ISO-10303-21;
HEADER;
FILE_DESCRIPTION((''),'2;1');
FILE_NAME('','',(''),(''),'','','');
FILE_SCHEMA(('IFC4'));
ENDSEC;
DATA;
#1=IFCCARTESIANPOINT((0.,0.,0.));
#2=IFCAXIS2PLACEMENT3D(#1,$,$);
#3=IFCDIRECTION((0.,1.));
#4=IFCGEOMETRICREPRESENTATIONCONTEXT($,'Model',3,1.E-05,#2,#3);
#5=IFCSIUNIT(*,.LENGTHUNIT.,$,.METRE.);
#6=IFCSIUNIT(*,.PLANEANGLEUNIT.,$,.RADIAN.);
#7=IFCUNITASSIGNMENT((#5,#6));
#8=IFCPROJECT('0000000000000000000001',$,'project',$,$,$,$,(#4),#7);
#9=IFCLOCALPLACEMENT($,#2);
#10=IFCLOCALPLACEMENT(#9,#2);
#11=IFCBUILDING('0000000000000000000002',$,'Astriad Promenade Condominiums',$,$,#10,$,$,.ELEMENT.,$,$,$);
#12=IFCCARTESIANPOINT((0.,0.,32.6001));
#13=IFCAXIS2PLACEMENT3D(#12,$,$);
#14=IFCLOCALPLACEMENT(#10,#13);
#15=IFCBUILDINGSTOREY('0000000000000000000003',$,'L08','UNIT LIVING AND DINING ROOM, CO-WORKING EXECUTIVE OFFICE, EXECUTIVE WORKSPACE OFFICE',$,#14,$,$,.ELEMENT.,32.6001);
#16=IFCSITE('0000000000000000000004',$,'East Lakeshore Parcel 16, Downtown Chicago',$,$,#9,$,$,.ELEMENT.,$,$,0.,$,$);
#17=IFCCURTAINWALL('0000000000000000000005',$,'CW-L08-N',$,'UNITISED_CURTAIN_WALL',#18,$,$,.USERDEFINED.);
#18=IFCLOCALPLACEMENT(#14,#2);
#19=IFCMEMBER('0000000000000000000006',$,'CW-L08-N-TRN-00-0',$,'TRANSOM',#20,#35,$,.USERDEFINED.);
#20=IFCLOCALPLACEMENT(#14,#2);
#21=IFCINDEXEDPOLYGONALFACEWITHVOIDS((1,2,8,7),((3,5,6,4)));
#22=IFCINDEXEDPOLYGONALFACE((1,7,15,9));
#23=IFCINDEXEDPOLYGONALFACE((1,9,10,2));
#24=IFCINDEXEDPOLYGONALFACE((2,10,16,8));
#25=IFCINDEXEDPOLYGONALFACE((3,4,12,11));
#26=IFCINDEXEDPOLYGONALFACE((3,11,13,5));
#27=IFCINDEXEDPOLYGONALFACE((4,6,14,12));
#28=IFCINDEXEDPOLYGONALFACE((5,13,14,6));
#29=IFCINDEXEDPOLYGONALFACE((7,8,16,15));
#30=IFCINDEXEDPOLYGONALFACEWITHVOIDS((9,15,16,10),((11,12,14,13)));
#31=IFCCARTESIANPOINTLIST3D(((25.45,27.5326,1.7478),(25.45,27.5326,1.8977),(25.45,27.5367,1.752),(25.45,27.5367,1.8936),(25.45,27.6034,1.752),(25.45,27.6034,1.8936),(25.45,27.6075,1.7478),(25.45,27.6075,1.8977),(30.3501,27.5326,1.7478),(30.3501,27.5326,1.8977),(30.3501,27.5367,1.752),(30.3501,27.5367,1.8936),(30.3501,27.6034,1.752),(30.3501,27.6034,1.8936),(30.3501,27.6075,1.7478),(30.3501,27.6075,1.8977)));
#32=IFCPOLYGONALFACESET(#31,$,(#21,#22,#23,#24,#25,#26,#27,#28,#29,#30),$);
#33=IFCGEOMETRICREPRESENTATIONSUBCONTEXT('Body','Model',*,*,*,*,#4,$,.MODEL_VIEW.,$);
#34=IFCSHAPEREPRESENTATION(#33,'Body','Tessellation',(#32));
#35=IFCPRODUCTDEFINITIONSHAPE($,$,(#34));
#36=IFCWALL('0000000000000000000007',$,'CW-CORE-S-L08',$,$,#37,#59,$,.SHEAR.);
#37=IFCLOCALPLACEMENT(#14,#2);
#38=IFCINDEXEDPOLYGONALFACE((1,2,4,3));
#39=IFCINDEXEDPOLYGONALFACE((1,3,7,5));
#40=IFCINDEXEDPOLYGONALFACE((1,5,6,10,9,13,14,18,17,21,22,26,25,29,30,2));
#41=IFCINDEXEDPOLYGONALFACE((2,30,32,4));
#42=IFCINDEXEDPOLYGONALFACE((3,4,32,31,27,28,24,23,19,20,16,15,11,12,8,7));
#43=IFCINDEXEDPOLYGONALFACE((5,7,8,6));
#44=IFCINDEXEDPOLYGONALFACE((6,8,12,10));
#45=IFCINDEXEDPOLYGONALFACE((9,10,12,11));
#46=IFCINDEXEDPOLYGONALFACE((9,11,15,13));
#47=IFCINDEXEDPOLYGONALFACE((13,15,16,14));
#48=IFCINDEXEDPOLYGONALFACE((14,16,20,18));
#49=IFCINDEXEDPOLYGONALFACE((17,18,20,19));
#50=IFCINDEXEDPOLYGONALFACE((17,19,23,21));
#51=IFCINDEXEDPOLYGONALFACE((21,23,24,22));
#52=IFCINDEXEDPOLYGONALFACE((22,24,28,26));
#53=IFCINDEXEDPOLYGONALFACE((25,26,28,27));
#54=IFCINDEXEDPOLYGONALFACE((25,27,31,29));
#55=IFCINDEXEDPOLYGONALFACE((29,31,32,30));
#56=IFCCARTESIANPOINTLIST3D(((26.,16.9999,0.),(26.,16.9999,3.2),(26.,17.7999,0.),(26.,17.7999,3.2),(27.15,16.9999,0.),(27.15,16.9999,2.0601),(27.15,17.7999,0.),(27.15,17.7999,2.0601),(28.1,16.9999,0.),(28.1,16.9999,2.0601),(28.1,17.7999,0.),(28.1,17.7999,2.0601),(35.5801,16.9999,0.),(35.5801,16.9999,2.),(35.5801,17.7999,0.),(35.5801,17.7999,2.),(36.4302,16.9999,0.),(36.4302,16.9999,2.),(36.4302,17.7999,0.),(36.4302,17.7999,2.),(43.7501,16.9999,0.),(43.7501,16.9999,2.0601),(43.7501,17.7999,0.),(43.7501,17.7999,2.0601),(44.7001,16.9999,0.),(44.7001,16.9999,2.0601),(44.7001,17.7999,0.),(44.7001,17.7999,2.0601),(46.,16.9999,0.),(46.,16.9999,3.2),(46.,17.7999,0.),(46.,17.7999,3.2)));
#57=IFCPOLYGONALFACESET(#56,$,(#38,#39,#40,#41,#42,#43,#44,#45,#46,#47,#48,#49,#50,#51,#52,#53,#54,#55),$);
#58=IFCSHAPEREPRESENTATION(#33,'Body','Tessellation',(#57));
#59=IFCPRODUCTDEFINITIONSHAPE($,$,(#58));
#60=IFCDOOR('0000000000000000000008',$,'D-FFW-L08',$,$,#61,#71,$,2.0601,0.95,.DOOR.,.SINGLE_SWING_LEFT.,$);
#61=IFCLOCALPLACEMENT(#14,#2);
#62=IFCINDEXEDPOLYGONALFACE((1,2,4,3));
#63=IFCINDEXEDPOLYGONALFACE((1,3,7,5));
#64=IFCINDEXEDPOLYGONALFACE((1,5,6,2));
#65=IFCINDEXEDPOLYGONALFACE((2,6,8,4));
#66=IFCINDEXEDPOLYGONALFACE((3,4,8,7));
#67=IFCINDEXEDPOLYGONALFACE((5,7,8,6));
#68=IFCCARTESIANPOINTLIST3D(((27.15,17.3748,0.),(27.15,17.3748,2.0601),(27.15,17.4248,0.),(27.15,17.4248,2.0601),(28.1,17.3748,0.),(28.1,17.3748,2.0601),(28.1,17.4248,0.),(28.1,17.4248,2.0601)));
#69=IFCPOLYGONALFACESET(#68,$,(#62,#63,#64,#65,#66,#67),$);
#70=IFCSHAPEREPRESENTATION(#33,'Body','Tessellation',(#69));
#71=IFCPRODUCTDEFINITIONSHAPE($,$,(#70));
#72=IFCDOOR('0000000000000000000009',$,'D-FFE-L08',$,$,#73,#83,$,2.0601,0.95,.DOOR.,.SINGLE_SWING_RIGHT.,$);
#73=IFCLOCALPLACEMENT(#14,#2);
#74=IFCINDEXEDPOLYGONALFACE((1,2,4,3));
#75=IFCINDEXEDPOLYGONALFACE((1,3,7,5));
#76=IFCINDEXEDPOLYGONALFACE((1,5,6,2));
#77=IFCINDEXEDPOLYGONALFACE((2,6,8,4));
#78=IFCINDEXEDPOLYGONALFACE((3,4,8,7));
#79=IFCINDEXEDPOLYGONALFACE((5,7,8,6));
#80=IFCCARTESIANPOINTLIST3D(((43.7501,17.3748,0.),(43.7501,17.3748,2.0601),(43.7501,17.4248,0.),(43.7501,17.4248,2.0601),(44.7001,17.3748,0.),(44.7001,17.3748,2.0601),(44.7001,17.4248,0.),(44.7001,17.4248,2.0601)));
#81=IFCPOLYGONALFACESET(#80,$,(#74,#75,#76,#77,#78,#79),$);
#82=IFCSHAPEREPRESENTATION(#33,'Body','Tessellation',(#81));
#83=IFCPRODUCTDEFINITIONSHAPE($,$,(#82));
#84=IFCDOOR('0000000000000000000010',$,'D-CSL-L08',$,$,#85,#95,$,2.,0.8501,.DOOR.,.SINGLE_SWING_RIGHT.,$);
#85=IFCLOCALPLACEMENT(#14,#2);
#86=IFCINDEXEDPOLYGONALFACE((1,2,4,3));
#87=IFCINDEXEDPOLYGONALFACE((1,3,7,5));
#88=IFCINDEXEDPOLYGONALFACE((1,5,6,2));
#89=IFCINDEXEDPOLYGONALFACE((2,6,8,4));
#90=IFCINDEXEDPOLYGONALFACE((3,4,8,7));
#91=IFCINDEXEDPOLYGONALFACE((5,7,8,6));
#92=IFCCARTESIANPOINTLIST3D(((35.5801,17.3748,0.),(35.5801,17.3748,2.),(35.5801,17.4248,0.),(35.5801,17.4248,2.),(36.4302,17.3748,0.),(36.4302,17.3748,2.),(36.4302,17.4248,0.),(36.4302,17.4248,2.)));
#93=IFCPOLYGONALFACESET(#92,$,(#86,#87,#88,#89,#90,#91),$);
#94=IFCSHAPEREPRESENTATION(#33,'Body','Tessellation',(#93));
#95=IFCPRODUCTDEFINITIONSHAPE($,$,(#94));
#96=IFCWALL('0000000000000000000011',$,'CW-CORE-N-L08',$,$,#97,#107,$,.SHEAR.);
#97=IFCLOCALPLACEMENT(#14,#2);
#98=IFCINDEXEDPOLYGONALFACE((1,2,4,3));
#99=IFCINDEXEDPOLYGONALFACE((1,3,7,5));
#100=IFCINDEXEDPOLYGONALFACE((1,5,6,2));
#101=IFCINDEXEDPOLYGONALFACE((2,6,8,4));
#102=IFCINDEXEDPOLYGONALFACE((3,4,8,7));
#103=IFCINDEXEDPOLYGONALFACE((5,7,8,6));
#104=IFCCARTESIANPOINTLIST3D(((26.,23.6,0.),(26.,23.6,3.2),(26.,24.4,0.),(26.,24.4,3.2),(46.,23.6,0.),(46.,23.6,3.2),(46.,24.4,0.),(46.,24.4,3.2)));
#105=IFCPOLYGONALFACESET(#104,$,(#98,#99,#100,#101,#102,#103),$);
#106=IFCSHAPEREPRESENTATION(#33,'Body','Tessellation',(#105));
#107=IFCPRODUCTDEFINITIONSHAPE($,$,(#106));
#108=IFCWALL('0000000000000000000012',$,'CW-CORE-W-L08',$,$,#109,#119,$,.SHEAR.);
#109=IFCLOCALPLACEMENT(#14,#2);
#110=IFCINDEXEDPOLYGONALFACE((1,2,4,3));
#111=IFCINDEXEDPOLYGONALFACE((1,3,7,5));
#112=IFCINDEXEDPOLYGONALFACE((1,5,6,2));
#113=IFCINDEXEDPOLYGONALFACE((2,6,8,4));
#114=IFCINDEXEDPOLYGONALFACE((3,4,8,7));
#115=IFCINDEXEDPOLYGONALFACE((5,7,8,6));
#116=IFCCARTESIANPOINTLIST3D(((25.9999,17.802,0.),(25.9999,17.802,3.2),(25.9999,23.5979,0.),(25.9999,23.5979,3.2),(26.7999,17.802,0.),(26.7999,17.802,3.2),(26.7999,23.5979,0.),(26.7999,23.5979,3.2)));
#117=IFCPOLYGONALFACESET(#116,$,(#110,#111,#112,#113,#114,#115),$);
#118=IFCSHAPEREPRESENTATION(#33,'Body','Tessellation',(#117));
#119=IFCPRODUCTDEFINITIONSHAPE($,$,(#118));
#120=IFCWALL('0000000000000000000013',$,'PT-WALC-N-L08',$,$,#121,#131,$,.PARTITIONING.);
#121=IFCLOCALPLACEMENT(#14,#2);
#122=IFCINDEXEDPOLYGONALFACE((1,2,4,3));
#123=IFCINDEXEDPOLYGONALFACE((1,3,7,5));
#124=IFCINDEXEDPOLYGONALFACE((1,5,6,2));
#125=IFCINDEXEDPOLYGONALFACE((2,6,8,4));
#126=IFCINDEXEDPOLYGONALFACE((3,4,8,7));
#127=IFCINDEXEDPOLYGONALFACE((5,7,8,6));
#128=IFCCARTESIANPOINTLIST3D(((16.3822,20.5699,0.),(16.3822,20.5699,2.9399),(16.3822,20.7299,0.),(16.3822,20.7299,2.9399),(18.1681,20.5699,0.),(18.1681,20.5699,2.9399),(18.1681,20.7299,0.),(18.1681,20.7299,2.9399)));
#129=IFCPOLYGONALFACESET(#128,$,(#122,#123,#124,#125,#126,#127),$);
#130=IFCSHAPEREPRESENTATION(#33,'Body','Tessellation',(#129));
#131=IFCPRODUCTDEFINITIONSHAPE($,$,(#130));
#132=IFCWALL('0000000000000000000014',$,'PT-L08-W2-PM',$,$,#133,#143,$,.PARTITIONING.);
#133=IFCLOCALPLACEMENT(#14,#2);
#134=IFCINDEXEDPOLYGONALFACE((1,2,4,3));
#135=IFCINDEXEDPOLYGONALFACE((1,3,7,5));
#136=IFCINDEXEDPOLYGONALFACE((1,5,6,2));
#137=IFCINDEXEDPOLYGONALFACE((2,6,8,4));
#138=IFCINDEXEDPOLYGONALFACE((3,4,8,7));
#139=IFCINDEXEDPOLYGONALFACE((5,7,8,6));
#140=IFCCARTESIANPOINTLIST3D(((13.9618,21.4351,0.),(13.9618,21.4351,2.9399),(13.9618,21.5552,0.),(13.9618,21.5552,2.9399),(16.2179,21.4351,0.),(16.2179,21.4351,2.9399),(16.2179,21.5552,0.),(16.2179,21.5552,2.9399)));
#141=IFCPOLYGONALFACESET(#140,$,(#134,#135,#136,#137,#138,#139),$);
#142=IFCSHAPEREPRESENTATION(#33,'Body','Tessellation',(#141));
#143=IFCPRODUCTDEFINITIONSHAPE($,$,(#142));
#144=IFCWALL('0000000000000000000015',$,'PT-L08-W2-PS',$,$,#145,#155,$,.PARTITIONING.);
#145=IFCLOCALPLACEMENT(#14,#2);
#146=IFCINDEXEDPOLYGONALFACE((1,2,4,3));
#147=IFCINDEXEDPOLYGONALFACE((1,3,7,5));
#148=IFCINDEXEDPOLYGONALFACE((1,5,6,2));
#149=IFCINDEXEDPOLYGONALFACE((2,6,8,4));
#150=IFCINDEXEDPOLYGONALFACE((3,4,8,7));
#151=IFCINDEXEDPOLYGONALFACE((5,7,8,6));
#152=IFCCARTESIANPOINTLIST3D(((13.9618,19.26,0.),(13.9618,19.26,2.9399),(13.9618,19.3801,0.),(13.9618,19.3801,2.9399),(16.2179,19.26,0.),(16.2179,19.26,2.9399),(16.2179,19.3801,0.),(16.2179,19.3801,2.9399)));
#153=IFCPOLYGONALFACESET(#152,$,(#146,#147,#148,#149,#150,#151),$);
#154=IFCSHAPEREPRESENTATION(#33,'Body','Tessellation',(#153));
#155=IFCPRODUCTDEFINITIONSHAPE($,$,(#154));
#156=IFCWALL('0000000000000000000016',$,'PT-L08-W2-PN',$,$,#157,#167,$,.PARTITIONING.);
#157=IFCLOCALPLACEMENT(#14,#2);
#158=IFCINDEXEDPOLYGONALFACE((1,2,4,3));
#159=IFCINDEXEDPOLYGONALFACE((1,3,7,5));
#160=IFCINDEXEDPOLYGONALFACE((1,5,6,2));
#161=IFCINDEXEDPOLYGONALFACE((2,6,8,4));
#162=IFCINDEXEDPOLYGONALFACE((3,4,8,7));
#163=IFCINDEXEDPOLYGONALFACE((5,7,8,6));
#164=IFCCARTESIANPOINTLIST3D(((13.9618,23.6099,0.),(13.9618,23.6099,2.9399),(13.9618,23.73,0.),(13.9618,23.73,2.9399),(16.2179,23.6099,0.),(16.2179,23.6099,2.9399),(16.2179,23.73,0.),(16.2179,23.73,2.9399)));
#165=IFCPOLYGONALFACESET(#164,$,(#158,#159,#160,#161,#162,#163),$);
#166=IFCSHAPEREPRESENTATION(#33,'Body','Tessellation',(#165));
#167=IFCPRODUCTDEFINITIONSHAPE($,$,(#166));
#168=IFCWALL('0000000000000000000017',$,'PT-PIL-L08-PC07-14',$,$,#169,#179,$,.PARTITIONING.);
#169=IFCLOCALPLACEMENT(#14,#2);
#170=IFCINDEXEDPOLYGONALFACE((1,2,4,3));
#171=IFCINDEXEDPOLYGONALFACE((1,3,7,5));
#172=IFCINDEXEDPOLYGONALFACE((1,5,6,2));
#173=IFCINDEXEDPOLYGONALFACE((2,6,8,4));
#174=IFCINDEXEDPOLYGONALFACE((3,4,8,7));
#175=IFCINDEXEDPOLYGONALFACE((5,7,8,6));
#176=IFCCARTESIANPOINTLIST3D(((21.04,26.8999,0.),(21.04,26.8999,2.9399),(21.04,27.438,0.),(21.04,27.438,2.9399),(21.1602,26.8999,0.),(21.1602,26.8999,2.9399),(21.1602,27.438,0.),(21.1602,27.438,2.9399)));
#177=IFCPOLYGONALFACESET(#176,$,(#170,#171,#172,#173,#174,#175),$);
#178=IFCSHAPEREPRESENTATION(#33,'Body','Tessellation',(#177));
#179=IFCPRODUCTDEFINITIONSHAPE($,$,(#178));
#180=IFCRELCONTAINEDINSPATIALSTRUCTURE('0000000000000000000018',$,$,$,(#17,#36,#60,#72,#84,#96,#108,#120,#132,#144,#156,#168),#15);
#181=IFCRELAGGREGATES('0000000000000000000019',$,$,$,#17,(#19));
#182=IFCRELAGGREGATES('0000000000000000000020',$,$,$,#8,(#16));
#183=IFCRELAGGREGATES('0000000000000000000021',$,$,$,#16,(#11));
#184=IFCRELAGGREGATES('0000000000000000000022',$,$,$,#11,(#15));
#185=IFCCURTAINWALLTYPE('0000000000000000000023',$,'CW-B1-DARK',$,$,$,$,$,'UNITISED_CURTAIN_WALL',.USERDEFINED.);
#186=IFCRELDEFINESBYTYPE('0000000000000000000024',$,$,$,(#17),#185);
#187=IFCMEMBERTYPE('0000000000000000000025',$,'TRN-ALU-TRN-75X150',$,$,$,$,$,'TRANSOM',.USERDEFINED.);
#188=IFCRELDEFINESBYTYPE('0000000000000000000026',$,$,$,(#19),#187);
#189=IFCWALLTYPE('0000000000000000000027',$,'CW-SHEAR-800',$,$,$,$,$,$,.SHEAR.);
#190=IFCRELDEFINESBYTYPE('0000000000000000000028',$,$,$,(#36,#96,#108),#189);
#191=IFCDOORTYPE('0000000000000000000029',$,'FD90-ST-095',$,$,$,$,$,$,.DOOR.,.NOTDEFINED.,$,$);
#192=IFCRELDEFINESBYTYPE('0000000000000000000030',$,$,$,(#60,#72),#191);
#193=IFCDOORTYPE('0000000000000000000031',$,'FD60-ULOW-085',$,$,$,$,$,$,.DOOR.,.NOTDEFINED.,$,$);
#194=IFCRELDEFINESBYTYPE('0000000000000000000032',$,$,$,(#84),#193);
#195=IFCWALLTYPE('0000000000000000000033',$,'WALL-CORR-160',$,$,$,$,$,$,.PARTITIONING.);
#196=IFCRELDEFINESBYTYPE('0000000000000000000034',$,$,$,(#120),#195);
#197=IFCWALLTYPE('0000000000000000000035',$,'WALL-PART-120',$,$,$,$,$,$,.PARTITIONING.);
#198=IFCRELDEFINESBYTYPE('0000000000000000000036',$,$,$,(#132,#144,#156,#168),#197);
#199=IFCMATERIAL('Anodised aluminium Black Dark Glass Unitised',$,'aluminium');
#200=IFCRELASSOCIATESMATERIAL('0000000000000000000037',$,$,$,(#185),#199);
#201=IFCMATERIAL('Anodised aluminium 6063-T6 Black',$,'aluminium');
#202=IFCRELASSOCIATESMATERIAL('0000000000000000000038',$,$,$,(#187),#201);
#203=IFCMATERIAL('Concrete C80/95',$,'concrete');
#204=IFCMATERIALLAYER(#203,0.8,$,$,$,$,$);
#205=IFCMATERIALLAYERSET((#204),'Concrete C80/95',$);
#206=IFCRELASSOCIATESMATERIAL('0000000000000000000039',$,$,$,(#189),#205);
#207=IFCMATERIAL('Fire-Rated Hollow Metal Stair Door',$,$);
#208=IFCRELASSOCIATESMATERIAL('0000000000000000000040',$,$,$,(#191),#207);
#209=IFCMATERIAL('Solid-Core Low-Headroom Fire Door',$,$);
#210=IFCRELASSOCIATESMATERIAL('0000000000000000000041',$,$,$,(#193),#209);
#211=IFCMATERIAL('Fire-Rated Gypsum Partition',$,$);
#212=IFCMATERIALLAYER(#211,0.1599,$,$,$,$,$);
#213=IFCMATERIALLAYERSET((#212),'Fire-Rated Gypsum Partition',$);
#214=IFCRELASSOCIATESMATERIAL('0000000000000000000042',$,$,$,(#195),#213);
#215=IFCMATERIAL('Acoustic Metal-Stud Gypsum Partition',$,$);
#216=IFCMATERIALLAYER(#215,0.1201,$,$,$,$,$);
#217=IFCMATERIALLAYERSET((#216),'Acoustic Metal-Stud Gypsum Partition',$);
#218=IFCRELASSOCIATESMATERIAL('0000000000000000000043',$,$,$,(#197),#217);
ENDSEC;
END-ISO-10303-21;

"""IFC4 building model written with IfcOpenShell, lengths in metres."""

from ifc_helpers import new_model, si_unit, direction, frame, frame_2d, origin, origin_2d, place, context, subcontext, project, spatial, rectangle, hollow_rectangle, extrude, source, transform, mapped, material, layer, layer_set, material_profile, profile_set, type_object, type_shapes, element, fill, aggregate, save


model = new_model("IFC4")

# Units and contexts
model_context = context("Model", 3, precision=1e-05, world=origin(), true_north=direction((0.0, 1.0)))
body_context = subcontext(model_context, "Body", "Model", "MODEL_VIEW")
ifc_project = project(units=[si_unit("LENGTHUNIT", "METRE"), si_unit("PLANEANGLEUNIT", "RADIAN")], contexts=[model_context])

# Site, building, storey
site_placement = place(None, origin())
site = spatial("IfcSite", under=ifc_project, at=site_placement, Name="East Lakeshore Parcel 16, Downtown Chicago", CompositionType="ELEMENT", RefElevation=0.0)
building_placement = place(site_placement, origin())
building = spatial("IfcBuilding", under=site, at=building_placement, Name="Astriad Promenade Condominiums", CompositionType="ELEMENT")
storey_placement = place(building_placement, frame((0.0, 0.0, 32.6001)))
storey = spatial("IfcBuildingStorey", under=building, at=storey_placement, Name="L08", Description="UNIT LIVING AND DINING ROOM, CO-WORKING EXECUTIVE OFFICE, EXECUTIVE WORKSPACE OFFICE", CompositionType="ELEMENT", Elevation=32.6001)

# Shared definitions
ifc_material_1 = material(Name="Concrete C80/95", Category="concrete")

# Curtain wall, member
ifc_material_2 = material(Name="Anodised aluminium Black Dark Glass Unitised", Category="aluminium")
curtain_wall_type = type_object("IfcCurtainWallType", Name="CW-B1-DARK", ElementType="UNITISED_CURTAIN_WALL", PredefinedType="USERDEFINED", material=ifc_material_2)
curtain_wall_placement = place(storey_placement, origin())
curtain_wall = element("IfcCurtainWall", 1, at=curtain_wall_placement, inside=storey, type_object=curtain_wall_type, Name="CW-L08-N", ObjectType="UNITISED_CURTAIN_WALL", PredefinedType="USERDEFINED")
ifc_material_3 = material(Name="Anodised aluminium 6063-T6 Black", Category="aluminium")
ifc_material_profile_1 = material_profile(ifc_material_3, hollow_rectangle(XDim=0.075, YDim=0.1499, WallThickness=0.0042, at=origin_2d()), Name="ALU-TRN-75X150")
ifc_profile_set_1 = profile_set([ifc_material_profile_1], Name="Anodised aluminium 6063-T6 Black")
member_type_1 = type_object("IfcMemberType", Name="TRN-ALU-TRN-75X150", ElementType="TRANSOM", PredefinedType="USERDEFINED", material=ifc_profile_set_1)
shared_shape_1 = source(origin(), body_context, "Body", "SweptSolid", [
    extrude(hollow_rectangle(XDim=0.075, YDim=0.1499, WallThickness=0.0042, at=origin_2d()), origin(), (0.0, 0.0, 1.0), 4.9001),
])
type_shapes(member_type_1, [shared_shape_1])
member_1_placement = place(storey_placement, frame((25.45, 27.5701, 1.8228), z_axis=(1.0, 0.0, 0.0), x_axis=(0.0, 1.0, 0.0)))
member_1 = element("IfcMember", 2, at=member_1_placement, type_object=member_type_1, Name="CW-L08-N-TRN-00-0", ObjectType="TRANSOM", PredefinedType="USERDEFINED", context=body_context, shape_type="MappedRepresentation", body=[
    mapped(shared_shape_1, transform((0.0, 0.0, 0.0), scale=1.0)),
])
aggregate(curtain_wall, [member_1])

# Wall, openings, doors
ifc_layer_1 = layer(ifc_material_1, 0.8)
ifc_layer_set_1 = layer_set([ifc_layer_1], Name="Concrete C80/95")
wall_type_1 = type_object("IfcWallType", Name="CW-SHEAR-800", PredefinedType="SHEAR", material=ifc_layer_set_1)
wall_1_placement = place(storey_placement, frame((26.0, 17.3999, 0.0), z_axis=(0.0, 0.0, 1.0), x_axis=(1.0, 0.0, 0.0)))
wall_1 = element("IfcWall", 3, at=wall_1_placement, inside=storey, type_object=wall_type_1, Name="CW-CORE-S-L08", PredefinedType="SHEAR", context=body_context, shape_type="SweptSolid", body=[
    extrude(rectangle(XDim=20.0, YDim=0.8, at=frame_2d((10.0, 0.0))), origin(), (0.0, 0.0, 1.0), 3.2),
])
opening_1_placement = place(wall_1_placement, frame((1.1499, 0.0, 0.0)))
opening_1 = element("IfcOpeningElement", 4, at=opening_1_placement, cuts=wall_1, PredefinedType="OPENING", context=body_context, shape_type="SweptSolid", body=[
    extrude(rectangle(XDim=0.95, YDim=2.0601, at=frame_2d((0.4751, 1.03))), frame((0.0, 0.4099, 0.0), z_axis=(0.0, -1.0, 0.0), x_axis=(1.0, 0.0, 0.0)), (0.0, 0.0, 1.0), 0.8201),
])
opening_2_placement = place(wall_1_placement, frame((9.5801, 0.0, 0.0)))
opening_2 = element("IfcOpeningElement", 5, at=opening_2_placement, cuts=wall_1, PredefinedType="OPENING", context=body_context, shape_type="SweptSolid", body=[
    extrude(rectangle(XDim=0.8501, YDim=2.0, at=frame_2d((0.425, 1.0))), frame((0.0, 0.4099, 0.0), z_axis=(0.0, -1.0, 0.0), x_axis=(1.0, 0.0, 0.0)), (0.0, 0.0, 1.0), 0.8201),
])
opening_3_placement = place(wall_1_placement, frame((17.75, 0.0, 0.0)))
opening_3 = element("IfcOpeningElement", 6, at=opening_3_placement, cuts=wall_1, PredefinedType="OPENING", context=body_context, shape_type="SweptSolid", body=[
    extrude(rectangle(XDim=0.95, YDim=2.0601, at=frame_2d((0.4751, 1.03))), frame((0.0, 0.4099, 0.0), z_axis=(0.0, -1.0, 0.0), x_axis=(1.0, 0.0, 0.0)), (0.0, 0.0, 1.0), 0.8201),
])
ifc_material_4 = material(Name="Fire-Rated Hollow Metal Stair Door")
door_type_1 = type_object("IfcDoorType", Name="FD90-ST-095", OperationType="NOTDEFINED", PredefinedType="DOOR", material=ifc_material_4)
shared_shape_2 = source(origin(), body_context, "Body", "SweptSolid", [
    extrude(rectangle(XDim=0.95, YDim=2.0601, at=frame_2d((0.4751, 1.03))), frame((0.0, 0.0249, 0.0), z_axis=(0.0, -1.0, 0.0), x_axis=(1.0, 0.0, 0.0)), (0.0, 0.0, 1.0), 0.05),
])
type_shapes(door_type_1, [shared_shape_2])
door_1_placement = place(opening_1_placement, origin())
door_1 = element("IfcDoor", 7, at=door_1_placement, inside=storey, type_object=door_type_1, Name="D-FFW-L08", OperationType="SINGLE_SWING_LEFT", OverallHeight=2.0601, OverallWidth=0.95, PredefinedType="DOOR", context=body_context, shape_type="MappedRepresentation", body=[
    mapped(shared_shape_2, transform((0.0, 0.0, 0.0), scale=1.0)),
])
fill(opening_1, door_1)
door_2_placement = place(opening_3_placement, origin())
door_2 = element("IfcDoor", 8, at=door_2_placement, inside=storey, type_object=door_type_1, Name="D-FFE-L08", OperationType="SINGLE_SWING_RIGHT", OverallHeight=2.0601, OverallWidth=0.95, PredefinedType="DOOR", context=body_context, shape_type="MappedRepresentation", body=[
    mapped(shared_shape_2, transform((0.0, 0.0, 0.0), scale=1.0)),
])
fill(opening_3, door_2)
ifc_material_5 = material(Name="Solid-Core Low-Headroom Fire Door")
door_type_2 = type_object("IfcDoorType", Name="FD60-ULOW-085", OperationType="NOTDEFINED", PredefinedType="DOOR", material=ifc_material_5)
shared_shape_3 = source(origin(), body_context, "Body", "SweptSolid", [
    extrude(rectangle(XDim=0.8501, YDim=2.0, at=frame_2d((0.425, 1.0))), frame((0.0, 0.0249, 0.0), z_axis=(0.0, -1.0, 0.0), x_axis=(1.0, 0.0, 0.0)), (0.0, 0.0, 1.0), 0.05),
])
type_shapes(door_type_2, [shared_shape_3])
door_3_placement = place(opening_2_placement, origin())
door_3 = element("IfcDoor", 9, at=door_3_placement, inside=storey, type_object=door_type_2, Name="D-CSL-L08", OperationType="SINGLE_SWING_RIGHT", OverallHeight=2.0, OverallWidth=0.8501, PredefinedType="DOOR", context=body_context, shape_type="MappedRepresentation", body=[
    mapped(shared_shape_3, transform((0.0, 0.0, 0.0), scale=1.0)),
])
fill(opening_2, door_3)

# Walls
wall_2_placement = place(storey_placement, frame((26.0, 24.0, 0.0), z_axis=(0.0, 0.0, 1.0), x_axis=(1.0, 0.0, 0.0)))
element("IfcWall", 10, at=wall_2_placement, inside=storey, type_object=wall_type_1, Name="CW-CORE-N-L08", PredefinedType="SHEAR", context=body_context, shape_type="SweptSolid", body=[
    extrude(rectangle(XDim=20.0, YDim=0.8, at=frame_2d((10.0, 0.0))), origin(), (0.0, 0.0, 1.0), 3.2),
])
wall_3_placement = place(storey_placement, frame((26.3999, 17.802, 0.0), z_axis=(0.0, 0.0, 1.0), x_axis=(0.0, 1.0, 0.0)))
element("IfcWall", 11, at=wall_3_placement, inside=storey, type_object=wall_type_1, Name="CW-CORE-W-L08", PredefinedType="SHEAR", context=body_context, shape_type="SweptSolid", body=[
    extrude(rectangle(XDim=5.7959, YDim=0.8, at=frame_2d((2.8979, 0.0))), origin(), (0.0, 0.0, 1.0), 3.2),
])
ifc_material_6 = material(Name="Fire-Rated Gypsum Partition")
ifc_layer_2 = layer(ifc_material_6, 0.1599)
ifc_layer_set_2 = layer_set([ifc_layer_2], Name="Fire-Rated Gypsum Partition")
wall_type_2 = type_object("IfcWallType", Name="WALL-CORR-160", PredefinedType="PARTITIONING", material=ifc_layer_set_2)
wall_4_placement = place(storey_placement, frame((16.3821, 20.6499, 0.0), z_axis=(0.0, 0.0, 1.0), x_axis=(1.0, 0.0, 0.0)))
element("IfcWall", 12, at=wall_4_placement, inside=storey, type_object=wall_type_2, Name="PT-WALC-N-L08", PredefinedType="PARTITIONING", context=body_context, shape_type="SweptSolid", body=[
    extrude(rectangle(XDim=1.7859, YDim=0.1599, at=frame_2d((0.8931, 0.0))), origin(), (0.0, 0.0, 1.0), 2.9399),
])
ifc_material_7 = material(Name="Acoustic Metal-Stud Gypsum Partition")
ifc_layer_3 = layer(ifc_material_7, 0.1201)
ifc_layer_set_3 = layer_set([ifc_layer_3], Name="Acoustic Metal-Stud Gypsum Partition")
wall_type_3 = type_object("IfcWallType", Name="WALL-PART-120", PredefinedType="PARTITIONING", material=ifc_layer_set_3)
for number, where, z_axis, x_axis, name in (
    (13, (13.9619, 21.4951, 0.0), (0.0, 0.0, 1.0), (1.0, 0.0, 0.0), "PT-L08-W2-PM"),
    (14, (13.9619, 19.3201, 0.0), (0.0, 0.0, 1.0), (1.0, 0.0, 0.0), "PT-L08-W2-PS"),
    (15, (13.9619, 23.6699, 0.0), (0.0, 0.0, 1.0), (1.0, 0.0, 0.0), "PT-L08-W2-PN"),
):
    element("IfcWall", number, at=place(storey_placement, frame(where, z_axis=z_axis, x_axis=x_axis)), inside=storey, type_object=wall_type_3, Name=name, PredefinedType="PARTITIONING", context=body_context, shape_type="SweptSolid", body=[
        extrude(rectangle(XDim=2.2561, YDim=0.1201, at=frame_2d((1.1279, 0.0))), origin(), (0.0, 0.0, 1.0), 2.9399),
    ])
wall_5_placement = place(storey_placement, frame((21.1001, 26.8999, 0.0), z_axis=(0.0, 0.0, 1.0), x_axis=(0.0, 1.0, 0.0)))
element("IfcWall", 16, at=wall_5_placement, inside=storey, type_object=wall_type_3, Name="PT-PIL-L08-PC07-14", PredefinedType="PARTITIONING", context=body_context, shape_type="SweptSolid", body=[
    extrude(rectangle(XDim=0.5381, YDim=0.1201, at=frame_2d((0.269, 0.0))), origin(), (0.0, 0.0, 1.0), 2.9399),
])

save(model, "model.ifc")
